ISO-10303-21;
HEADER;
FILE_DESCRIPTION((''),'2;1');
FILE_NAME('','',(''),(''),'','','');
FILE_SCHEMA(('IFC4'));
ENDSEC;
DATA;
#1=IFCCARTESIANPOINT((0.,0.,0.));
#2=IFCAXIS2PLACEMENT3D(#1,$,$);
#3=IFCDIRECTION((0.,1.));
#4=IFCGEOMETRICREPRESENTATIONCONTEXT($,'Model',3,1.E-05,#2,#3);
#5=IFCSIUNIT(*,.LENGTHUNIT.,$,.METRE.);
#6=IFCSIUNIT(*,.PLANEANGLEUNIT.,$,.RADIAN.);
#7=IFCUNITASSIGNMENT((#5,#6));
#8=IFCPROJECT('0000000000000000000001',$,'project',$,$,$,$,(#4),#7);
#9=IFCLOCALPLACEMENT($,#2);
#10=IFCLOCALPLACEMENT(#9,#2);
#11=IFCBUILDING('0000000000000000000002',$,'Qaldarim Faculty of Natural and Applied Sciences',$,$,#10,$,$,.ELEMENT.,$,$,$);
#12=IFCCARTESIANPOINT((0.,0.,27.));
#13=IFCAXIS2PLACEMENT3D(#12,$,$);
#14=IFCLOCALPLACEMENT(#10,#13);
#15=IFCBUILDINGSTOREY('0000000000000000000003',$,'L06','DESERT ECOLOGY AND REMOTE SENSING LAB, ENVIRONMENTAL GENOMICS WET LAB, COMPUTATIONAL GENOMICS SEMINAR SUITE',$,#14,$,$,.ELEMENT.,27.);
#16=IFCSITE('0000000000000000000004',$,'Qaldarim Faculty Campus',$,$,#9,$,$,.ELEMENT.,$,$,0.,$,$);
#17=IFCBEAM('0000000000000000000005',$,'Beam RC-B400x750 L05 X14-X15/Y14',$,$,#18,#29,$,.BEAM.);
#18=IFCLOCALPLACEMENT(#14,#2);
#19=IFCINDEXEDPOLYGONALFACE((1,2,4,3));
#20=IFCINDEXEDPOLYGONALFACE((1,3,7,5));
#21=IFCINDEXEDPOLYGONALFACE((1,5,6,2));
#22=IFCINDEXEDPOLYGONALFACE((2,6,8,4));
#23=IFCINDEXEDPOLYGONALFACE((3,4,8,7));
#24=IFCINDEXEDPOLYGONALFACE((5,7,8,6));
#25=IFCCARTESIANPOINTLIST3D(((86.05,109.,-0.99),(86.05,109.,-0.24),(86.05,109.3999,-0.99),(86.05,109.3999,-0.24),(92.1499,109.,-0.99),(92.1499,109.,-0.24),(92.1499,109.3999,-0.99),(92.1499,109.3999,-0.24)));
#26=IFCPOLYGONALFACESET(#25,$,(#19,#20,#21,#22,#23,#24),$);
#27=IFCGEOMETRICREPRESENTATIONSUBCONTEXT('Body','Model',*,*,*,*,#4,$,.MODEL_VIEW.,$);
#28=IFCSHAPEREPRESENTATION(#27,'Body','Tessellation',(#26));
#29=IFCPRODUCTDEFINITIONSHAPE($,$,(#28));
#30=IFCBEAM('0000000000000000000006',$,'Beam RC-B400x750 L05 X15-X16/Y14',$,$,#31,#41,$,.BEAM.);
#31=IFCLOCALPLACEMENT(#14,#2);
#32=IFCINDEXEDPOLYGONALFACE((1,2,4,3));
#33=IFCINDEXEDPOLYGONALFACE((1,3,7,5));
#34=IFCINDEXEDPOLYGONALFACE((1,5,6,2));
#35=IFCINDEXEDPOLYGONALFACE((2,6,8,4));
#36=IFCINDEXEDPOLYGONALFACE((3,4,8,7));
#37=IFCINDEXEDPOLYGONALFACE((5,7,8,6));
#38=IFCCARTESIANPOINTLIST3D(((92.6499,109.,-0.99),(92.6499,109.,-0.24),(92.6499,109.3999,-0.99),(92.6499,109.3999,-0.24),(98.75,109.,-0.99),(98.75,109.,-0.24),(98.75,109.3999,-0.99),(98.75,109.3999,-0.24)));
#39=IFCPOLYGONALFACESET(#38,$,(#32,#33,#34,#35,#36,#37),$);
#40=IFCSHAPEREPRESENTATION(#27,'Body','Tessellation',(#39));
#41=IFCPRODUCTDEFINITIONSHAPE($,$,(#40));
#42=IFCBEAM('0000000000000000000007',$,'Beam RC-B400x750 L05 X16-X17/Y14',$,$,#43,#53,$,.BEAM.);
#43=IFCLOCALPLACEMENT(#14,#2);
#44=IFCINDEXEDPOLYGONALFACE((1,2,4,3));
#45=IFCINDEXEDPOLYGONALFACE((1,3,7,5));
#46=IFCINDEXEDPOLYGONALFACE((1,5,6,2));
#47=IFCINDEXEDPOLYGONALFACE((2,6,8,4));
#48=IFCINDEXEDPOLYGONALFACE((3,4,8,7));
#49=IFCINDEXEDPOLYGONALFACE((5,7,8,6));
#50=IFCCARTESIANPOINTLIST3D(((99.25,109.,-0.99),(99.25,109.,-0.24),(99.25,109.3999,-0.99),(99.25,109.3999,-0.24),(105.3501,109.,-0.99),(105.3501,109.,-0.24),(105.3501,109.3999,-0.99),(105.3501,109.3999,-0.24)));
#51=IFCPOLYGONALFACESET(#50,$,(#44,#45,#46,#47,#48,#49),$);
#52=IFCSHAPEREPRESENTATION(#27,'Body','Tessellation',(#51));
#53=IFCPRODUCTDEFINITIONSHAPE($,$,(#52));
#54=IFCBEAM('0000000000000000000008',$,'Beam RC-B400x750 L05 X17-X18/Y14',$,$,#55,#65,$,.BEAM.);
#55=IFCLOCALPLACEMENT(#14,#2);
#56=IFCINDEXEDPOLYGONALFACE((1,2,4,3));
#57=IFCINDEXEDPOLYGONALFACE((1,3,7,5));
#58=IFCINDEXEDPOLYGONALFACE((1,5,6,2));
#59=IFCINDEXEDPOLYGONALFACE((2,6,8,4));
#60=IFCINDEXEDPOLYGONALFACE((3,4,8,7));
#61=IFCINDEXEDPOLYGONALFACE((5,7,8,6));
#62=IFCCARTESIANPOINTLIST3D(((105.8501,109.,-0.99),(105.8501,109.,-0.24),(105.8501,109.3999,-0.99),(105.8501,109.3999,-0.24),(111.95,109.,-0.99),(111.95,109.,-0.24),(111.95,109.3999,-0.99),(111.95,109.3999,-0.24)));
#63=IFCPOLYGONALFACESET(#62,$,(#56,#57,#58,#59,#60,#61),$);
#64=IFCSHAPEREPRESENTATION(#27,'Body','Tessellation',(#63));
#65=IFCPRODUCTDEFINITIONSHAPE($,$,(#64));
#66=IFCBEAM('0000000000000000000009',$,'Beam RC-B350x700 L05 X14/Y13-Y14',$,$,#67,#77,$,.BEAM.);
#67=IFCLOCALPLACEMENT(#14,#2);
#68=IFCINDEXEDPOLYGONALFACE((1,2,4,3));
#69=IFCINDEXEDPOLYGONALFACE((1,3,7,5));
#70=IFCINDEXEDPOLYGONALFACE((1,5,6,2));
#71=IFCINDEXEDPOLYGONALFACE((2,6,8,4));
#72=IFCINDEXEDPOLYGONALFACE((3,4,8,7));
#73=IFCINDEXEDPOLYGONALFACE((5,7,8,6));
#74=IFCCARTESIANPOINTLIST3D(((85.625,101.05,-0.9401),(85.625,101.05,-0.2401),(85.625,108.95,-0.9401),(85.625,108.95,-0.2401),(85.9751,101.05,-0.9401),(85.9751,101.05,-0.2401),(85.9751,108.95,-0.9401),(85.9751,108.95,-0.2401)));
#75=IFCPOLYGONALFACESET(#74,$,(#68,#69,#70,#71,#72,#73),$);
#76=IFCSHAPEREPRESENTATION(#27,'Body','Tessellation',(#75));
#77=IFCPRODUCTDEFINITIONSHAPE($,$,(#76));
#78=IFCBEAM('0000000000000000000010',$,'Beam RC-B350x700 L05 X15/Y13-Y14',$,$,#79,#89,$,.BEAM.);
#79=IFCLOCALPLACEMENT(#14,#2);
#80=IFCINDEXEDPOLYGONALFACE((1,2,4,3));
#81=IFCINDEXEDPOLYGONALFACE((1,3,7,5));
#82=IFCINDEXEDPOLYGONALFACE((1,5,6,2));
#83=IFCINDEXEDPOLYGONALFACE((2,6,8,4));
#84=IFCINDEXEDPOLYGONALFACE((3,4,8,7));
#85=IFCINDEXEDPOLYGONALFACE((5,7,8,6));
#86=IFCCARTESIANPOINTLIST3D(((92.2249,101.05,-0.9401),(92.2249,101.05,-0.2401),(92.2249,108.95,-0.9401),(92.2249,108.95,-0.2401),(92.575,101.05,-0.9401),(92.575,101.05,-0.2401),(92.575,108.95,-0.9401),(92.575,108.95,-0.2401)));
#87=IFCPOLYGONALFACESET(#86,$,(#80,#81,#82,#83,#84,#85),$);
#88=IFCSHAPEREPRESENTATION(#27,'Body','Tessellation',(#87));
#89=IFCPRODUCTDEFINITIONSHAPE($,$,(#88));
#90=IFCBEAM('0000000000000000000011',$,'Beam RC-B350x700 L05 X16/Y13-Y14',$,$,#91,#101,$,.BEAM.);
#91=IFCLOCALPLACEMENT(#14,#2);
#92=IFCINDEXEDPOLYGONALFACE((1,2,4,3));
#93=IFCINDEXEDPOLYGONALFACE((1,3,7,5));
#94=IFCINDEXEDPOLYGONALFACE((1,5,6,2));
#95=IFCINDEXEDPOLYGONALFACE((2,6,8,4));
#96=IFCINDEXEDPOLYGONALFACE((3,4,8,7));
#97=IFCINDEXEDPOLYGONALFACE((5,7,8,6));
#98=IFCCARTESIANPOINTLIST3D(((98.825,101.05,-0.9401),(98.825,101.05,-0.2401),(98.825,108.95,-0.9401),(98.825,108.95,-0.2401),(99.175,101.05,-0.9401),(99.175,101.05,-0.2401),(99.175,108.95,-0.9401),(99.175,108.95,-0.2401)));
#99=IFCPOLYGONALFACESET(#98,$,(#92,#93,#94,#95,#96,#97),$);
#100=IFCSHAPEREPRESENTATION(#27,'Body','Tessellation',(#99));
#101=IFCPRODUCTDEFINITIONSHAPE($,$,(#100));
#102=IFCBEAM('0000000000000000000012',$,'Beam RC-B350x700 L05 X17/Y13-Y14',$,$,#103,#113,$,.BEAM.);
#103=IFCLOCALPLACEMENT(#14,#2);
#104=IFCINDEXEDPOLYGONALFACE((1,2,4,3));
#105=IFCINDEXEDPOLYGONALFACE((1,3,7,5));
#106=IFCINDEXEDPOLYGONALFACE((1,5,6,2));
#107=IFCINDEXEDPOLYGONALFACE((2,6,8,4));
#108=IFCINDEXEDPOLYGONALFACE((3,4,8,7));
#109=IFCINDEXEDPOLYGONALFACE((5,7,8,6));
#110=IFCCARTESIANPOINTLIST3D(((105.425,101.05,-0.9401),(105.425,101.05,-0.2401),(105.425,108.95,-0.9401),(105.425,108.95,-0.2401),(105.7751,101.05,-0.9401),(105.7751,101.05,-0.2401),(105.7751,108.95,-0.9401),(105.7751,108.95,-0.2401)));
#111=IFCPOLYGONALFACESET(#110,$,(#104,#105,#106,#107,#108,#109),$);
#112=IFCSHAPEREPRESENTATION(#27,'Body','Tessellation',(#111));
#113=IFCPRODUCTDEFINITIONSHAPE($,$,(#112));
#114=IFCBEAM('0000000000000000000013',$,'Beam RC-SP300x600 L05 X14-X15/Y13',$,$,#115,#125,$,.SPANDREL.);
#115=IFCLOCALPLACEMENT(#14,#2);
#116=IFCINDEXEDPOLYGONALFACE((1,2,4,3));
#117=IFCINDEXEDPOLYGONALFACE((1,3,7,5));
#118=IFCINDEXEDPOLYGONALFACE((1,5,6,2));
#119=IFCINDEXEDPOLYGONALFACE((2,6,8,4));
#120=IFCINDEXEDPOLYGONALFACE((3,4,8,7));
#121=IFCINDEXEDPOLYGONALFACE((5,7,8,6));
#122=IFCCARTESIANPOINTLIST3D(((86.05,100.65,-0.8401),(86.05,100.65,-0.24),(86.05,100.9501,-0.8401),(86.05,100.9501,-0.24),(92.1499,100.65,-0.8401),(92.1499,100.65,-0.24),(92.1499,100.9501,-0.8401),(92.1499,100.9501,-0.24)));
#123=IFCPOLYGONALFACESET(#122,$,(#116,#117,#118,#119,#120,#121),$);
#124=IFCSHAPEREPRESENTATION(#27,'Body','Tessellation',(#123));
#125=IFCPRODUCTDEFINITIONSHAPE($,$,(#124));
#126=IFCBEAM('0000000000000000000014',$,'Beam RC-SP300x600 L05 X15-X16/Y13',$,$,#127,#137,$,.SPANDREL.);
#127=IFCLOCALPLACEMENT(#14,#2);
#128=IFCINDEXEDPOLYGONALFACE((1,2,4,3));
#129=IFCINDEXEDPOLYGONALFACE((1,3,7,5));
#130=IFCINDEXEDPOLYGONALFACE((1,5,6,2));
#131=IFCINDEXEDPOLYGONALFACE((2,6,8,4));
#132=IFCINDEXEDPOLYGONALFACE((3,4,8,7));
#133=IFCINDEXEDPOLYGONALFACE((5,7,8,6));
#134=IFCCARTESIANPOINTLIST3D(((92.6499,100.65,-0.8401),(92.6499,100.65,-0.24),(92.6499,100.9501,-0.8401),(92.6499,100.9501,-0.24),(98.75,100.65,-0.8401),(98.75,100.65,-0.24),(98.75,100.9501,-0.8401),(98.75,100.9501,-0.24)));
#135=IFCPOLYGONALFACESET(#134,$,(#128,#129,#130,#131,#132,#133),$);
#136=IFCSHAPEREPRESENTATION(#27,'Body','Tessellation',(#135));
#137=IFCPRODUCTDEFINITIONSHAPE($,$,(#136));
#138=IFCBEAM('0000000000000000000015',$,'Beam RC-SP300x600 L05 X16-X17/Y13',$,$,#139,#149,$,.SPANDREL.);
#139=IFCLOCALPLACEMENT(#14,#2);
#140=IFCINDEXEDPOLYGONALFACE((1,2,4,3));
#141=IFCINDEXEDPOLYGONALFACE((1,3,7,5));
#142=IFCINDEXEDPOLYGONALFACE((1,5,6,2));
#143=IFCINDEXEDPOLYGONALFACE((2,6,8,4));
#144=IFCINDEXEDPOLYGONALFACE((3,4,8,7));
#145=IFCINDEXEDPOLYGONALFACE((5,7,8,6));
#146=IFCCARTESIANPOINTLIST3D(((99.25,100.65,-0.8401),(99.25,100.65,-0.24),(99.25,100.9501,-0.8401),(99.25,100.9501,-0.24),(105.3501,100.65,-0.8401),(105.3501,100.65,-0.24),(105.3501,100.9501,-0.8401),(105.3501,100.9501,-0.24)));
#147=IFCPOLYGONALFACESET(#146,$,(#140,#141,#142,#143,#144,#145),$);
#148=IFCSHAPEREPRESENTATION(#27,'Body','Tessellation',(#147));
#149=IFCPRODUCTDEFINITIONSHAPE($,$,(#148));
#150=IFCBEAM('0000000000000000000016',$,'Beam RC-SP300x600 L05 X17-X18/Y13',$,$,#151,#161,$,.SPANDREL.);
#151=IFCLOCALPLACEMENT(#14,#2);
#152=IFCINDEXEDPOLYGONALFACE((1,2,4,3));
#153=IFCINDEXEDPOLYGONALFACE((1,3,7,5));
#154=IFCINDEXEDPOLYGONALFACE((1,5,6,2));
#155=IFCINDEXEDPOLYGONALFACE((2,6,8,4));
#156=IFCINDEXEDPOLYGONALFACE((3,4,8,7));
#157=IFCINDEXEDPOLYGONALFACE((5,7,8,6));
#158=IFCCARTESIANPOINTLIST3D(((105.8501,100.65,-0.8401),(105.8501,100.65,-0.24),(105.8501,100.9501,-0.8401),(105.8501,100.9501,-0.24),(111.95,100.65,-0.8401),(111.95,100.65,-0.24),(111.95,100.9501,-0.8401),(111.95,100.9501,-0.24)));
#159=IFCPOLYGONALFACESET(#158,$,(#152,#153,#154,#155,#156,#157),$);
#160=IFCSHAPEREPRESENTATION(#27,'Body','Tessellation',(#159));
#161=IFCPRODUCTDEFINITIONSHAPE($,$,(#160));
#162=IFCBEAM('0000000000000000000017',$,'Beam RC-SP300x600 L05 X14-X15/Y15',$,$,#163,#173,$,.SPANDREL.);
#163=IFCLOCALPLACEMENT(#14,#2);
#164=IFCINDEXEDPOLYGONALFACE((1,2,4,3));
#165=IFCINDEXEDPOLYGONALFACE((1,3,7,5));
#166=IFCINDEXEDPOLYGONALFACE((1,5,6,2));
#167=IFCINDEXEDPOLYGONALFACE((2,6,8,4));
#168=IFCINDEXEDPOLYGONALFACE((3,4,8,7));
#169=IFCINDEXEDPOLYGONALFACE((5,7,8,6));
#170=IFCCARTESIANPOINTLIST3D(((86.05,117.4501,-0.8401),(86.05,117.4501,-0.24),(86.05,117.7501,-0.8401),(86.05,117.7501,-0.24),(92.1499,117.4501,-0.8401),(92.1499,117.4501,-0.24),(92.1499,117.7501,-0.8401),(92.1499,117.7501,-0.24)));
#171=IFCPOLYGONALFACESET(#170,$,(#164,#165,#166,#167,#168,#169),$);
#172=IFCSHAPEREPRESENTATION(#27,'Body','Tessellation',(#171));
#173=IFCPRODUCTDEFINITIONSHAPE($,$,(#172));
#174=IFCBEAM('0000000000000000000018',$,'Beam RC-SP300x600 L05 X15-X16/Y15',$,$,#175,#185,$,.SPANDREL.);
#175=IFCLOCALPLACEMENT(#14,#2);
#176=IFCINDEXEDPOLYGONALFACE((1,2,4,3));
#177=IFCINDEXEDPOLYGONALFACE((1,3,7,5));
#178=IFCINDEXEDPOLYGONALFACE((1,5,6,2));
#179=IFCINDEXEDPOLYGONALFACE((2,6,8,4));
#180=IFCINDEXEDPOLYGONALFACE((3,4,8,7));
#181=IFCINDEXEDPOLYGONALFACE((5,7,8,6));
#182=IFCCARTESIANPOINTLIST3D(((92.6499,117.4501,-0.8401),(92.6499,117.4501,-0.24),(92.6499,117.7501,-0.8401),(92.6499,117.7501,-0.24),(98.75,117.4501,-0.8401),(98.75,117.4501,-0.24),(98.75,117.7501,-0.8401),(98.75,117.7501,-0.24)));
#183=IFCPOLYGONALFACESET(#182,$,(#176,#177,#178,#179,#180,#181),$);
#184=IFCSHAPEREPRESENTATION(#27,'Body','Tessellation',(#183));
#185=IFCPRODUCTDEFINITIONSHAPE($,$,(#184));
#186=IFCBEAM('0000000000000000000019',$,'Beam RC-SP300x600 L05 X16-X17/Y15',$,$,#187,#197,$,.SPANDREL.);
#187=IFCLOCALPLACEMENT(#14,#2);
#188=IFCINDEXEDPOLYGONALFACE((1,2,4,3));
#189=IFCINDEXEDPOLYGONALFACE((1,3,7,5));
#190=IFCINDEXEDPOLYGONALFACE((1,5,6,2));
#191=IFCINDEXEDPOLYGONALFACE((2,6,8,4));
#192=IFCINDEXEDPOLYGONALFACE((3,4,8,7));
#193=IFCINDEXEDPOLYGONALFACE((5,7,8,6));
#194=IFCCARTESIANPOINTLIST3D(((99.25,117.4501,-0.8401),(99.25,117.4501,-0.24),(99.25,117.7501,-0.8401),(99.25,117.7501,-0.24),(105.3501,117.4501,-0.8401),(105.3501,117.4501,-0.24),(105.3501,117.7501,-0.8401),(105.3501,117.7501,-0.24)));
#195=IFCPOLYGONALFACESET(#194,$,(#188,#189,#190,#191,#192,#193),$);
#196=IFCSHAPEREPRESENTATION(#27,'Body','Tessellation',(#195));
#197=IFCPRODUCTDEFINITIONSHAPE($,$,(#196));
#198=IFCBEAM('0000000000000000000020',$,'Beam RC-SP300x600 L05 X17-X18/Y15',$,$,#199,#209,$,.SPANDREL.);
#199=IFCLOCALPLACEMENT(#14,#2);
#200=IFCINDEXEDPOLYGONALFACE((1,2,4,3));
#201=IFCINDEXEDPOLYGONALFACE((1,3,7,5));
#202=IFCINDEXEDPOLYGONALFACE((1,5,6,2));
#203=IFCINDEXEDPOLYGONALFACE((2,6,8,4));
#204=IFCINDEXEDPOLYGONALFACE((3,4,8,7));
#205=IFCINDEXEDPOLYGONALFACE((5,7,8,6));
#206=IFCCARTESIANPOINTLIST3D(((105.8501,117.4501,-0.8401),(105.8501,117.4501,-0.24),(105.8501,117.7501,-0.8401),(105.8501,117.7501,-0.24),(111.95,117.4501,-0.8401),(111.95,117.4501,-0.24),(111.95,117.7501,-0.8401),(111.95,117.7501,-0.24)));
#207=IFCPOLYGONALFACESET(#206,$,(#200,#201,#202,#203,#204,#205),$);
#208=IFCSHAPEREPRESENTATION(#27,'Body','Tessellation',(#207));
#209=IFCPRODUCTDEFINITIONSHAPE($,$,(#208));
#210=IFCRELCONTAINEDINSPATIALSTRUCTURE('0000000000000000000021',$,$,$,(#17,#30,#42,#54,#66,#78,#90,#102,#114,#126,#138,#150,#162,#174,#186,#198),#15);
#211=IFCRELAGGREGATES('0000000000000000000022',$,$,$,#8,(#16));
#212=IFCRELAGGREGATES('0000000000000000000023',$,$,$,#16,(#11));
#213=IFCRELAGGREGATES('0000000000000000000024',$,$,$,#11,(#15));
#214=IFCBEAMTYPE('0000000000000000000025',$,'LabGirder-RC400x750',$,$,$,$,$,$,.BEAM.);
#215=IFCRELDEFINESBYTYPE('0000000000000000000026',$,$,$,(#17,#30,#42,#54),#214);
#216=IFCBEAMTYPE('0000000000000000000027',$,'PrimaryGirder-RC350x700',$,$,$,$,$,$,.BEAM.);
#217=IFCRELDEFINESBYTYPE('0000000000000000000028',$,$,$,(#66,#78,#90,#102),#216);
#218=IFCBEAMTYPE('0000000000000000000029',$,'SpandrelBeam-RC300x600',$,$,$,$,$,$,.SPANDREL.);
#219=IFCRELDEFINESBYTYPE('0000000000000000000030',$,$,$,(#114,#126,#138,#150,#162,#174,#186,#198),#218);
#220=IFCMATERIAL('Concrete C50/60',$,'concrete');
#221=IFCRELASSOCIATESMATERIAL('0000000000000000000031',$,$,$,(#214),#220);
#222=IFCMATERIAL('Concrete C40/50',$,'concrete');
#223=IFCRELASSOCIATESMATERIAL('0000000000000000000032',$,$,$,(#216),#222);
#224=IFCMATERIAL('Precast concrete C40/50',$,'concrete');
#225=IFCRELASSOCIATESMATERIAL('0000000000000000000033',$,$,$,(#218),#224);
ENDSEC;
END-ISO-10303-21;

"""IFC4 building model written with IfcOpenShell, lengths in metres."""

from ifc_helpers import new_model, si_unit, direction, frame, origin, origin_2d, place, context, subcontext, project, spatial, rectangle, extrude, material, material_profile, profile_set, type_object, element, save


model = new_model("IFC4")

# Units and contexts
model_context = context("Model", 3, precision=1e-05, world=origin(), true_north=direction((0.0, 1.0)))
body_context = subcontext(model_context, "Body", "Model", "MODEL_VIEW")
ifc_project = project(units=[si_unit("LENGTHUNIT", "METRE"), si_unit("PLANEANGLEUNIT", "RADIAN")], contexts=[model_context])

# Site, building, storey
site_placement = place(None, origin())
site = spatial("IfcSite", under=ifc_project, at=site_placement, Name="Qaldarim Faculty Campus", CompositionType="ELEMENT", RefElevation=0.0)
building_placement = place(site_placement, origin())
building = spatial("IfcBuilding", under=site, at=building_placement, Name="Qaldarim Faculty of Natural and Applied Sciences", CompositionType="ELEMENT")
storey_placement = place(building_placement, frame((0.0, 0.0, 27.0)))
storey = spatial("IfcBuildingStorey", under=building, at=storey_placement, Name="L06", Description="DESERT ECOLOGY AND REMOTE SENSING LAB, ENVIRONMENTAL GENOMICS WET LAB, COMPUTATIONAL GENOMICS SEMINAR SUITE", CompositionType="ELEMENT", Elevation=27.0)

# Beams
ifc_material_1 = material(Name="Concrete C40/50", Category="concrete")
ifc_material_2 = material(Name="Concrete C50/60", Category="concrete")
ifc_material_profile_1 = material_profile(ifc_material_2, rectangle(XDim=0.3999, YDim=0.75, at=origin_2d()), Name="RC-B400x750")
ifc_profile_set_1 = profile_set([ifc_material_profile_1], Name="Concrete C50/60")
beam_type_1 = type_object("IfcBeamType", Name="LabGirder-RC400x750", PredefinedType="BEAM", material=ifc_profile_set_1)
beam_1_placement = place(storey_placement, frame((86.05, 109.2, -0.615), z_axis=(1.0, 0.0, 0.0), x_axis=(0.0, 1.0, 0.0)))
element("IfcBeam", 1, at=beam_1_placement, inside=storey, type_object=beam_type_1, Name="Beam RC-B400x750 L05 X14-X15/Y14", PredefinedType="BEAM", context=body_context, shape_type="SweptSolid", body=[
    extrude(rectangle(XDim=0.3999, YDim=0.75, at=origin_2d()), origin(), (0.0, 0.0, 1.0), 6.0999),
])
for number, where, z_axis, x_axis, name in (
    (2, (92.6499, 109.2, -0.615), (1.0, 0.0, 0.0), (0.0, 1.0, 0.0), "Beam RC-B400x750 L05 X15-X16/Y14"),
    (3, (99.25, 109.2, -0.615), (1.0, 0.0, 0.0), (0.0, 1.0, 0.0), "Beam RC-B400x750 L05 X16-X17/Y14"),
):
    element("IfcBeam", number, at=place(storey_placement, frame(where, z_axis=z_axis, x_axis=x_axis)), inside=storey, type_object=beam_type_1, Name=name, PredefinedType="BEAM", context=body_context, shape_type="SweptSolid", body=[
        extrude(rectangle(XDim=0.3999, YDim=0.75, at=origin_2d()), origin(), (0.0, 0.0, 1.0), 6.1001),
    ])
beam_2_placement = place(storey_placement, frame((105.8501, 109.2, -0.615), z_axis=(1.0, 0.0, 0.0), x_axis=(0.0, 1.0, 0.0)))
element("IfcBeam", 4, at=beam_2_placement, inside=storey, type_object=beam_type_1, Name="Beam RC-B400x750 L05 X17-X18/Y14", PredefinedType="BEAM", context=body_context, shape_type="SweptSolid", body=[
    extrude(rectangle(XDim=0.3999, YDim=0.75, at=origin_2d()), origin(), (0.0, 0.0, 1.0), 6.0999),
])
ifc_material_profile_2 = material_profile(ifc_material_1, rectangle(XDim=0.3501, YDim=0.7, at=origin_2d()), Name="RC-B350x700")
ifc_profile_set_2 = profile_set([ifc_material_profile_2], Name="Concrete C40/50")
beam_type_2 = type_object("IfcBeamType", Name="PrimaryGirder-RC350x700", PredefinedType="BEAM", material=ifc_profile_set_2)
for number, where, z_axis, x_axis, name in (
    (5, (85.8, 101.05, -0.5901), (0.0, 1.0, 0.0), (-1.0, 0.0, 0.0), "Beam RC-B350x700 L05 X14/Y13-Y14"),
    (6, (92.3999, 101.05, -0.5901), (0.0, 1.0, 0.0), (-1.0, 0.0, 0.0), "Beam RC-B350x700 L05 X15/Y13-Y14"),
    (7, (99.0, 101.05, -0.5901), (0.0, 1.0, 0.0), (-1.0, 0.0, 0.0), "Beam RC-B350x700 L05 X16/Y13-Y14"),
    (8, (105.6001, 101.05, -0.5901), (0.0, 1.0, 0.0), (-1.0, 0.0, 0.0), "Beam RC-B350x700 L05 X17/Y13-Y14"),
):
    element("IfcBeam", number, at=place(storey_placement, frame(where, z_axis=z_axis, x_axis=x_axis)), inside=storey, type_object=beam_type_2, Name=name, PredefinedType="BEAM", context=body_context, shape_type="SweptSolid", body=[
        extrude(rectangle(XDim=0.3501, YDim=0.7, at=origin_2d()), origin(), (0.0, 0.0, 1.0), 7.8999),
    ])
ifc_material_3 = material(Name="Precast concrete C40/50", Category="concrete")
ifc_material_profile_3 = material_profile(ifc_material_3, rectangle(XDim=0.3, YDim=0.6001, at=origin_2d()), Name="RC-SP300x600")
ifc_profile_set_3 = profile_set([ifc_material_profile_3], Name="Precast concrete C40/50")
beam_type_3 = type_object("IfcBeamType", Name="SpandrelBeam-RC300x600", PredefinedType="SPANDREL", material=ifc_profile_set_3)
beam_3_placement = place(storey_placement, frame((86.05, 100.8, -0.54), z_axis=(1.0, 0.0, 0.0), x_axis=(0.0, 1.0, 0.0)))
element("IfcBeam", 9, at=beam_3_placement, inside=storey, type_object=beam_type_3, Name="Beam RC-SP300x600 L05 X14-X15/Y13", PredefinedType="SPANDREL", context=body_context, shape_type="SweptSolid", body=[
    extrude(rectangle(XDim=0.3, YDim=0.6001, at=origin_2d()), origin(), (0.0, 0.0, 1.0), 6.0999),
])
for number, where, z_axis, x_axis, name in (
    (10, (92.6499, 100.8, -0.54), (1.0, 0.0, 0.0), (0.0, 1.0, 0.0), "Beam RC-SP300x600 L05 X15-X16/Y13"),
    (11, (99.25, 100.8, -0.54), (1.0, 0.0, 0.0), (0.0, 1.0, 0.0), "Beam RC-SP300x600 L05 X16-X17/Y13"),
):
    element("IfcBeam", number, at=place(storey_placement, frame(where, z_axis=z_axis, x_axis=x_axis)), inside=storey, type_object=beam_type_3, Name=name, PredefinedType="SPANDREL", context=body_context, shape_type="SweptSolid", body=[
        extrude(rectangle(XDim=0.3, YDim=0.6001, at=origin_2d()), origin(), (0.0, 0.0, 1.0), 6.1001),
    ])
for number, where, z_axis, x_axis, name in (
    (12, (105.8501, 100.8, -0.54), (1.0, 0.0, 0.0), (0.0, 1.0, 0.0), "Beam RC-SP300x600 L05 X17-X18/Y13"),
    (13, (86.05, 117.6001, -0.54), (1.0, 0.0, 0.0), (0.0, 1.0, 0.0), "Beam RC-SP300x600 L05 X14-X15/Y15"),
):
    element("IfcBeam", number, at=place(storey_placement, frame(where, z_axis=z_axis, x_axis=x_axis)), inside=storey, type_object=beam_type_3, Name=name, PredefinedType="SPANDREL", context=body_context, shape_type="SweptSolid", body=[
        extrude(rectangle(XDim=0.3, YDim=0.6001, at=origin_2d()), origin(), (0.0, 0.0, 1.0), 6.0999),
    ])
for number, where, z_axis, x_axis, name in (
    (14, (92.6499, 117.6001, -0.54), (1.0, 0.0, 0.0), (0.0, 1.0, 0.0), "Beam RC-SP300x600 L05 X15-X16/Y15"),
    (15, (99.25, 117.6001, -0.54), (1.0, 0.0, 0.0), (0.0, 1.0, 0.0), "Beam RC-SP300x600 L05 X16-X17/Y15"),
):
    element("IfcBeam", number, at=place(storey_placement, frame(where, z_axis=z_axis, x_axis=x_axis)), inside=storey, type_object=beam_type_3, Name=name, PredefinedType="SPANDREL", context=body_context, shape_type="SweptSolid", body=[
        extrude(rectangle(XDim=0.3, YDim=0.6001, at=origin_2d()), origin(), (0.0, 0.0, 1.0), 6.1001),
    ])
beam_4_placement = place(storey_placement, frame((105.8501, 117.6001, -0.54), z_axis=(1.0, 0.0, 0.0), x_axis=(0.0, 1.0, 0.0)))
element("IfcBeam", 16, at=beam_4_placement, inside=storey, type_object=beam_type_3, Name="Beam RC-SP300x600 L05 X17-X18/Y15", PredefinedType="SPANDREL", context=body_context, shape_type="SweptSolid", body=[
    extrude(rectangle(XDim=0.3, YDim=0.6001, at=origin_2d()), origin(), (0.0, 0.0, 1.0), 6.0999),
])

save(model, "model.ifc")
